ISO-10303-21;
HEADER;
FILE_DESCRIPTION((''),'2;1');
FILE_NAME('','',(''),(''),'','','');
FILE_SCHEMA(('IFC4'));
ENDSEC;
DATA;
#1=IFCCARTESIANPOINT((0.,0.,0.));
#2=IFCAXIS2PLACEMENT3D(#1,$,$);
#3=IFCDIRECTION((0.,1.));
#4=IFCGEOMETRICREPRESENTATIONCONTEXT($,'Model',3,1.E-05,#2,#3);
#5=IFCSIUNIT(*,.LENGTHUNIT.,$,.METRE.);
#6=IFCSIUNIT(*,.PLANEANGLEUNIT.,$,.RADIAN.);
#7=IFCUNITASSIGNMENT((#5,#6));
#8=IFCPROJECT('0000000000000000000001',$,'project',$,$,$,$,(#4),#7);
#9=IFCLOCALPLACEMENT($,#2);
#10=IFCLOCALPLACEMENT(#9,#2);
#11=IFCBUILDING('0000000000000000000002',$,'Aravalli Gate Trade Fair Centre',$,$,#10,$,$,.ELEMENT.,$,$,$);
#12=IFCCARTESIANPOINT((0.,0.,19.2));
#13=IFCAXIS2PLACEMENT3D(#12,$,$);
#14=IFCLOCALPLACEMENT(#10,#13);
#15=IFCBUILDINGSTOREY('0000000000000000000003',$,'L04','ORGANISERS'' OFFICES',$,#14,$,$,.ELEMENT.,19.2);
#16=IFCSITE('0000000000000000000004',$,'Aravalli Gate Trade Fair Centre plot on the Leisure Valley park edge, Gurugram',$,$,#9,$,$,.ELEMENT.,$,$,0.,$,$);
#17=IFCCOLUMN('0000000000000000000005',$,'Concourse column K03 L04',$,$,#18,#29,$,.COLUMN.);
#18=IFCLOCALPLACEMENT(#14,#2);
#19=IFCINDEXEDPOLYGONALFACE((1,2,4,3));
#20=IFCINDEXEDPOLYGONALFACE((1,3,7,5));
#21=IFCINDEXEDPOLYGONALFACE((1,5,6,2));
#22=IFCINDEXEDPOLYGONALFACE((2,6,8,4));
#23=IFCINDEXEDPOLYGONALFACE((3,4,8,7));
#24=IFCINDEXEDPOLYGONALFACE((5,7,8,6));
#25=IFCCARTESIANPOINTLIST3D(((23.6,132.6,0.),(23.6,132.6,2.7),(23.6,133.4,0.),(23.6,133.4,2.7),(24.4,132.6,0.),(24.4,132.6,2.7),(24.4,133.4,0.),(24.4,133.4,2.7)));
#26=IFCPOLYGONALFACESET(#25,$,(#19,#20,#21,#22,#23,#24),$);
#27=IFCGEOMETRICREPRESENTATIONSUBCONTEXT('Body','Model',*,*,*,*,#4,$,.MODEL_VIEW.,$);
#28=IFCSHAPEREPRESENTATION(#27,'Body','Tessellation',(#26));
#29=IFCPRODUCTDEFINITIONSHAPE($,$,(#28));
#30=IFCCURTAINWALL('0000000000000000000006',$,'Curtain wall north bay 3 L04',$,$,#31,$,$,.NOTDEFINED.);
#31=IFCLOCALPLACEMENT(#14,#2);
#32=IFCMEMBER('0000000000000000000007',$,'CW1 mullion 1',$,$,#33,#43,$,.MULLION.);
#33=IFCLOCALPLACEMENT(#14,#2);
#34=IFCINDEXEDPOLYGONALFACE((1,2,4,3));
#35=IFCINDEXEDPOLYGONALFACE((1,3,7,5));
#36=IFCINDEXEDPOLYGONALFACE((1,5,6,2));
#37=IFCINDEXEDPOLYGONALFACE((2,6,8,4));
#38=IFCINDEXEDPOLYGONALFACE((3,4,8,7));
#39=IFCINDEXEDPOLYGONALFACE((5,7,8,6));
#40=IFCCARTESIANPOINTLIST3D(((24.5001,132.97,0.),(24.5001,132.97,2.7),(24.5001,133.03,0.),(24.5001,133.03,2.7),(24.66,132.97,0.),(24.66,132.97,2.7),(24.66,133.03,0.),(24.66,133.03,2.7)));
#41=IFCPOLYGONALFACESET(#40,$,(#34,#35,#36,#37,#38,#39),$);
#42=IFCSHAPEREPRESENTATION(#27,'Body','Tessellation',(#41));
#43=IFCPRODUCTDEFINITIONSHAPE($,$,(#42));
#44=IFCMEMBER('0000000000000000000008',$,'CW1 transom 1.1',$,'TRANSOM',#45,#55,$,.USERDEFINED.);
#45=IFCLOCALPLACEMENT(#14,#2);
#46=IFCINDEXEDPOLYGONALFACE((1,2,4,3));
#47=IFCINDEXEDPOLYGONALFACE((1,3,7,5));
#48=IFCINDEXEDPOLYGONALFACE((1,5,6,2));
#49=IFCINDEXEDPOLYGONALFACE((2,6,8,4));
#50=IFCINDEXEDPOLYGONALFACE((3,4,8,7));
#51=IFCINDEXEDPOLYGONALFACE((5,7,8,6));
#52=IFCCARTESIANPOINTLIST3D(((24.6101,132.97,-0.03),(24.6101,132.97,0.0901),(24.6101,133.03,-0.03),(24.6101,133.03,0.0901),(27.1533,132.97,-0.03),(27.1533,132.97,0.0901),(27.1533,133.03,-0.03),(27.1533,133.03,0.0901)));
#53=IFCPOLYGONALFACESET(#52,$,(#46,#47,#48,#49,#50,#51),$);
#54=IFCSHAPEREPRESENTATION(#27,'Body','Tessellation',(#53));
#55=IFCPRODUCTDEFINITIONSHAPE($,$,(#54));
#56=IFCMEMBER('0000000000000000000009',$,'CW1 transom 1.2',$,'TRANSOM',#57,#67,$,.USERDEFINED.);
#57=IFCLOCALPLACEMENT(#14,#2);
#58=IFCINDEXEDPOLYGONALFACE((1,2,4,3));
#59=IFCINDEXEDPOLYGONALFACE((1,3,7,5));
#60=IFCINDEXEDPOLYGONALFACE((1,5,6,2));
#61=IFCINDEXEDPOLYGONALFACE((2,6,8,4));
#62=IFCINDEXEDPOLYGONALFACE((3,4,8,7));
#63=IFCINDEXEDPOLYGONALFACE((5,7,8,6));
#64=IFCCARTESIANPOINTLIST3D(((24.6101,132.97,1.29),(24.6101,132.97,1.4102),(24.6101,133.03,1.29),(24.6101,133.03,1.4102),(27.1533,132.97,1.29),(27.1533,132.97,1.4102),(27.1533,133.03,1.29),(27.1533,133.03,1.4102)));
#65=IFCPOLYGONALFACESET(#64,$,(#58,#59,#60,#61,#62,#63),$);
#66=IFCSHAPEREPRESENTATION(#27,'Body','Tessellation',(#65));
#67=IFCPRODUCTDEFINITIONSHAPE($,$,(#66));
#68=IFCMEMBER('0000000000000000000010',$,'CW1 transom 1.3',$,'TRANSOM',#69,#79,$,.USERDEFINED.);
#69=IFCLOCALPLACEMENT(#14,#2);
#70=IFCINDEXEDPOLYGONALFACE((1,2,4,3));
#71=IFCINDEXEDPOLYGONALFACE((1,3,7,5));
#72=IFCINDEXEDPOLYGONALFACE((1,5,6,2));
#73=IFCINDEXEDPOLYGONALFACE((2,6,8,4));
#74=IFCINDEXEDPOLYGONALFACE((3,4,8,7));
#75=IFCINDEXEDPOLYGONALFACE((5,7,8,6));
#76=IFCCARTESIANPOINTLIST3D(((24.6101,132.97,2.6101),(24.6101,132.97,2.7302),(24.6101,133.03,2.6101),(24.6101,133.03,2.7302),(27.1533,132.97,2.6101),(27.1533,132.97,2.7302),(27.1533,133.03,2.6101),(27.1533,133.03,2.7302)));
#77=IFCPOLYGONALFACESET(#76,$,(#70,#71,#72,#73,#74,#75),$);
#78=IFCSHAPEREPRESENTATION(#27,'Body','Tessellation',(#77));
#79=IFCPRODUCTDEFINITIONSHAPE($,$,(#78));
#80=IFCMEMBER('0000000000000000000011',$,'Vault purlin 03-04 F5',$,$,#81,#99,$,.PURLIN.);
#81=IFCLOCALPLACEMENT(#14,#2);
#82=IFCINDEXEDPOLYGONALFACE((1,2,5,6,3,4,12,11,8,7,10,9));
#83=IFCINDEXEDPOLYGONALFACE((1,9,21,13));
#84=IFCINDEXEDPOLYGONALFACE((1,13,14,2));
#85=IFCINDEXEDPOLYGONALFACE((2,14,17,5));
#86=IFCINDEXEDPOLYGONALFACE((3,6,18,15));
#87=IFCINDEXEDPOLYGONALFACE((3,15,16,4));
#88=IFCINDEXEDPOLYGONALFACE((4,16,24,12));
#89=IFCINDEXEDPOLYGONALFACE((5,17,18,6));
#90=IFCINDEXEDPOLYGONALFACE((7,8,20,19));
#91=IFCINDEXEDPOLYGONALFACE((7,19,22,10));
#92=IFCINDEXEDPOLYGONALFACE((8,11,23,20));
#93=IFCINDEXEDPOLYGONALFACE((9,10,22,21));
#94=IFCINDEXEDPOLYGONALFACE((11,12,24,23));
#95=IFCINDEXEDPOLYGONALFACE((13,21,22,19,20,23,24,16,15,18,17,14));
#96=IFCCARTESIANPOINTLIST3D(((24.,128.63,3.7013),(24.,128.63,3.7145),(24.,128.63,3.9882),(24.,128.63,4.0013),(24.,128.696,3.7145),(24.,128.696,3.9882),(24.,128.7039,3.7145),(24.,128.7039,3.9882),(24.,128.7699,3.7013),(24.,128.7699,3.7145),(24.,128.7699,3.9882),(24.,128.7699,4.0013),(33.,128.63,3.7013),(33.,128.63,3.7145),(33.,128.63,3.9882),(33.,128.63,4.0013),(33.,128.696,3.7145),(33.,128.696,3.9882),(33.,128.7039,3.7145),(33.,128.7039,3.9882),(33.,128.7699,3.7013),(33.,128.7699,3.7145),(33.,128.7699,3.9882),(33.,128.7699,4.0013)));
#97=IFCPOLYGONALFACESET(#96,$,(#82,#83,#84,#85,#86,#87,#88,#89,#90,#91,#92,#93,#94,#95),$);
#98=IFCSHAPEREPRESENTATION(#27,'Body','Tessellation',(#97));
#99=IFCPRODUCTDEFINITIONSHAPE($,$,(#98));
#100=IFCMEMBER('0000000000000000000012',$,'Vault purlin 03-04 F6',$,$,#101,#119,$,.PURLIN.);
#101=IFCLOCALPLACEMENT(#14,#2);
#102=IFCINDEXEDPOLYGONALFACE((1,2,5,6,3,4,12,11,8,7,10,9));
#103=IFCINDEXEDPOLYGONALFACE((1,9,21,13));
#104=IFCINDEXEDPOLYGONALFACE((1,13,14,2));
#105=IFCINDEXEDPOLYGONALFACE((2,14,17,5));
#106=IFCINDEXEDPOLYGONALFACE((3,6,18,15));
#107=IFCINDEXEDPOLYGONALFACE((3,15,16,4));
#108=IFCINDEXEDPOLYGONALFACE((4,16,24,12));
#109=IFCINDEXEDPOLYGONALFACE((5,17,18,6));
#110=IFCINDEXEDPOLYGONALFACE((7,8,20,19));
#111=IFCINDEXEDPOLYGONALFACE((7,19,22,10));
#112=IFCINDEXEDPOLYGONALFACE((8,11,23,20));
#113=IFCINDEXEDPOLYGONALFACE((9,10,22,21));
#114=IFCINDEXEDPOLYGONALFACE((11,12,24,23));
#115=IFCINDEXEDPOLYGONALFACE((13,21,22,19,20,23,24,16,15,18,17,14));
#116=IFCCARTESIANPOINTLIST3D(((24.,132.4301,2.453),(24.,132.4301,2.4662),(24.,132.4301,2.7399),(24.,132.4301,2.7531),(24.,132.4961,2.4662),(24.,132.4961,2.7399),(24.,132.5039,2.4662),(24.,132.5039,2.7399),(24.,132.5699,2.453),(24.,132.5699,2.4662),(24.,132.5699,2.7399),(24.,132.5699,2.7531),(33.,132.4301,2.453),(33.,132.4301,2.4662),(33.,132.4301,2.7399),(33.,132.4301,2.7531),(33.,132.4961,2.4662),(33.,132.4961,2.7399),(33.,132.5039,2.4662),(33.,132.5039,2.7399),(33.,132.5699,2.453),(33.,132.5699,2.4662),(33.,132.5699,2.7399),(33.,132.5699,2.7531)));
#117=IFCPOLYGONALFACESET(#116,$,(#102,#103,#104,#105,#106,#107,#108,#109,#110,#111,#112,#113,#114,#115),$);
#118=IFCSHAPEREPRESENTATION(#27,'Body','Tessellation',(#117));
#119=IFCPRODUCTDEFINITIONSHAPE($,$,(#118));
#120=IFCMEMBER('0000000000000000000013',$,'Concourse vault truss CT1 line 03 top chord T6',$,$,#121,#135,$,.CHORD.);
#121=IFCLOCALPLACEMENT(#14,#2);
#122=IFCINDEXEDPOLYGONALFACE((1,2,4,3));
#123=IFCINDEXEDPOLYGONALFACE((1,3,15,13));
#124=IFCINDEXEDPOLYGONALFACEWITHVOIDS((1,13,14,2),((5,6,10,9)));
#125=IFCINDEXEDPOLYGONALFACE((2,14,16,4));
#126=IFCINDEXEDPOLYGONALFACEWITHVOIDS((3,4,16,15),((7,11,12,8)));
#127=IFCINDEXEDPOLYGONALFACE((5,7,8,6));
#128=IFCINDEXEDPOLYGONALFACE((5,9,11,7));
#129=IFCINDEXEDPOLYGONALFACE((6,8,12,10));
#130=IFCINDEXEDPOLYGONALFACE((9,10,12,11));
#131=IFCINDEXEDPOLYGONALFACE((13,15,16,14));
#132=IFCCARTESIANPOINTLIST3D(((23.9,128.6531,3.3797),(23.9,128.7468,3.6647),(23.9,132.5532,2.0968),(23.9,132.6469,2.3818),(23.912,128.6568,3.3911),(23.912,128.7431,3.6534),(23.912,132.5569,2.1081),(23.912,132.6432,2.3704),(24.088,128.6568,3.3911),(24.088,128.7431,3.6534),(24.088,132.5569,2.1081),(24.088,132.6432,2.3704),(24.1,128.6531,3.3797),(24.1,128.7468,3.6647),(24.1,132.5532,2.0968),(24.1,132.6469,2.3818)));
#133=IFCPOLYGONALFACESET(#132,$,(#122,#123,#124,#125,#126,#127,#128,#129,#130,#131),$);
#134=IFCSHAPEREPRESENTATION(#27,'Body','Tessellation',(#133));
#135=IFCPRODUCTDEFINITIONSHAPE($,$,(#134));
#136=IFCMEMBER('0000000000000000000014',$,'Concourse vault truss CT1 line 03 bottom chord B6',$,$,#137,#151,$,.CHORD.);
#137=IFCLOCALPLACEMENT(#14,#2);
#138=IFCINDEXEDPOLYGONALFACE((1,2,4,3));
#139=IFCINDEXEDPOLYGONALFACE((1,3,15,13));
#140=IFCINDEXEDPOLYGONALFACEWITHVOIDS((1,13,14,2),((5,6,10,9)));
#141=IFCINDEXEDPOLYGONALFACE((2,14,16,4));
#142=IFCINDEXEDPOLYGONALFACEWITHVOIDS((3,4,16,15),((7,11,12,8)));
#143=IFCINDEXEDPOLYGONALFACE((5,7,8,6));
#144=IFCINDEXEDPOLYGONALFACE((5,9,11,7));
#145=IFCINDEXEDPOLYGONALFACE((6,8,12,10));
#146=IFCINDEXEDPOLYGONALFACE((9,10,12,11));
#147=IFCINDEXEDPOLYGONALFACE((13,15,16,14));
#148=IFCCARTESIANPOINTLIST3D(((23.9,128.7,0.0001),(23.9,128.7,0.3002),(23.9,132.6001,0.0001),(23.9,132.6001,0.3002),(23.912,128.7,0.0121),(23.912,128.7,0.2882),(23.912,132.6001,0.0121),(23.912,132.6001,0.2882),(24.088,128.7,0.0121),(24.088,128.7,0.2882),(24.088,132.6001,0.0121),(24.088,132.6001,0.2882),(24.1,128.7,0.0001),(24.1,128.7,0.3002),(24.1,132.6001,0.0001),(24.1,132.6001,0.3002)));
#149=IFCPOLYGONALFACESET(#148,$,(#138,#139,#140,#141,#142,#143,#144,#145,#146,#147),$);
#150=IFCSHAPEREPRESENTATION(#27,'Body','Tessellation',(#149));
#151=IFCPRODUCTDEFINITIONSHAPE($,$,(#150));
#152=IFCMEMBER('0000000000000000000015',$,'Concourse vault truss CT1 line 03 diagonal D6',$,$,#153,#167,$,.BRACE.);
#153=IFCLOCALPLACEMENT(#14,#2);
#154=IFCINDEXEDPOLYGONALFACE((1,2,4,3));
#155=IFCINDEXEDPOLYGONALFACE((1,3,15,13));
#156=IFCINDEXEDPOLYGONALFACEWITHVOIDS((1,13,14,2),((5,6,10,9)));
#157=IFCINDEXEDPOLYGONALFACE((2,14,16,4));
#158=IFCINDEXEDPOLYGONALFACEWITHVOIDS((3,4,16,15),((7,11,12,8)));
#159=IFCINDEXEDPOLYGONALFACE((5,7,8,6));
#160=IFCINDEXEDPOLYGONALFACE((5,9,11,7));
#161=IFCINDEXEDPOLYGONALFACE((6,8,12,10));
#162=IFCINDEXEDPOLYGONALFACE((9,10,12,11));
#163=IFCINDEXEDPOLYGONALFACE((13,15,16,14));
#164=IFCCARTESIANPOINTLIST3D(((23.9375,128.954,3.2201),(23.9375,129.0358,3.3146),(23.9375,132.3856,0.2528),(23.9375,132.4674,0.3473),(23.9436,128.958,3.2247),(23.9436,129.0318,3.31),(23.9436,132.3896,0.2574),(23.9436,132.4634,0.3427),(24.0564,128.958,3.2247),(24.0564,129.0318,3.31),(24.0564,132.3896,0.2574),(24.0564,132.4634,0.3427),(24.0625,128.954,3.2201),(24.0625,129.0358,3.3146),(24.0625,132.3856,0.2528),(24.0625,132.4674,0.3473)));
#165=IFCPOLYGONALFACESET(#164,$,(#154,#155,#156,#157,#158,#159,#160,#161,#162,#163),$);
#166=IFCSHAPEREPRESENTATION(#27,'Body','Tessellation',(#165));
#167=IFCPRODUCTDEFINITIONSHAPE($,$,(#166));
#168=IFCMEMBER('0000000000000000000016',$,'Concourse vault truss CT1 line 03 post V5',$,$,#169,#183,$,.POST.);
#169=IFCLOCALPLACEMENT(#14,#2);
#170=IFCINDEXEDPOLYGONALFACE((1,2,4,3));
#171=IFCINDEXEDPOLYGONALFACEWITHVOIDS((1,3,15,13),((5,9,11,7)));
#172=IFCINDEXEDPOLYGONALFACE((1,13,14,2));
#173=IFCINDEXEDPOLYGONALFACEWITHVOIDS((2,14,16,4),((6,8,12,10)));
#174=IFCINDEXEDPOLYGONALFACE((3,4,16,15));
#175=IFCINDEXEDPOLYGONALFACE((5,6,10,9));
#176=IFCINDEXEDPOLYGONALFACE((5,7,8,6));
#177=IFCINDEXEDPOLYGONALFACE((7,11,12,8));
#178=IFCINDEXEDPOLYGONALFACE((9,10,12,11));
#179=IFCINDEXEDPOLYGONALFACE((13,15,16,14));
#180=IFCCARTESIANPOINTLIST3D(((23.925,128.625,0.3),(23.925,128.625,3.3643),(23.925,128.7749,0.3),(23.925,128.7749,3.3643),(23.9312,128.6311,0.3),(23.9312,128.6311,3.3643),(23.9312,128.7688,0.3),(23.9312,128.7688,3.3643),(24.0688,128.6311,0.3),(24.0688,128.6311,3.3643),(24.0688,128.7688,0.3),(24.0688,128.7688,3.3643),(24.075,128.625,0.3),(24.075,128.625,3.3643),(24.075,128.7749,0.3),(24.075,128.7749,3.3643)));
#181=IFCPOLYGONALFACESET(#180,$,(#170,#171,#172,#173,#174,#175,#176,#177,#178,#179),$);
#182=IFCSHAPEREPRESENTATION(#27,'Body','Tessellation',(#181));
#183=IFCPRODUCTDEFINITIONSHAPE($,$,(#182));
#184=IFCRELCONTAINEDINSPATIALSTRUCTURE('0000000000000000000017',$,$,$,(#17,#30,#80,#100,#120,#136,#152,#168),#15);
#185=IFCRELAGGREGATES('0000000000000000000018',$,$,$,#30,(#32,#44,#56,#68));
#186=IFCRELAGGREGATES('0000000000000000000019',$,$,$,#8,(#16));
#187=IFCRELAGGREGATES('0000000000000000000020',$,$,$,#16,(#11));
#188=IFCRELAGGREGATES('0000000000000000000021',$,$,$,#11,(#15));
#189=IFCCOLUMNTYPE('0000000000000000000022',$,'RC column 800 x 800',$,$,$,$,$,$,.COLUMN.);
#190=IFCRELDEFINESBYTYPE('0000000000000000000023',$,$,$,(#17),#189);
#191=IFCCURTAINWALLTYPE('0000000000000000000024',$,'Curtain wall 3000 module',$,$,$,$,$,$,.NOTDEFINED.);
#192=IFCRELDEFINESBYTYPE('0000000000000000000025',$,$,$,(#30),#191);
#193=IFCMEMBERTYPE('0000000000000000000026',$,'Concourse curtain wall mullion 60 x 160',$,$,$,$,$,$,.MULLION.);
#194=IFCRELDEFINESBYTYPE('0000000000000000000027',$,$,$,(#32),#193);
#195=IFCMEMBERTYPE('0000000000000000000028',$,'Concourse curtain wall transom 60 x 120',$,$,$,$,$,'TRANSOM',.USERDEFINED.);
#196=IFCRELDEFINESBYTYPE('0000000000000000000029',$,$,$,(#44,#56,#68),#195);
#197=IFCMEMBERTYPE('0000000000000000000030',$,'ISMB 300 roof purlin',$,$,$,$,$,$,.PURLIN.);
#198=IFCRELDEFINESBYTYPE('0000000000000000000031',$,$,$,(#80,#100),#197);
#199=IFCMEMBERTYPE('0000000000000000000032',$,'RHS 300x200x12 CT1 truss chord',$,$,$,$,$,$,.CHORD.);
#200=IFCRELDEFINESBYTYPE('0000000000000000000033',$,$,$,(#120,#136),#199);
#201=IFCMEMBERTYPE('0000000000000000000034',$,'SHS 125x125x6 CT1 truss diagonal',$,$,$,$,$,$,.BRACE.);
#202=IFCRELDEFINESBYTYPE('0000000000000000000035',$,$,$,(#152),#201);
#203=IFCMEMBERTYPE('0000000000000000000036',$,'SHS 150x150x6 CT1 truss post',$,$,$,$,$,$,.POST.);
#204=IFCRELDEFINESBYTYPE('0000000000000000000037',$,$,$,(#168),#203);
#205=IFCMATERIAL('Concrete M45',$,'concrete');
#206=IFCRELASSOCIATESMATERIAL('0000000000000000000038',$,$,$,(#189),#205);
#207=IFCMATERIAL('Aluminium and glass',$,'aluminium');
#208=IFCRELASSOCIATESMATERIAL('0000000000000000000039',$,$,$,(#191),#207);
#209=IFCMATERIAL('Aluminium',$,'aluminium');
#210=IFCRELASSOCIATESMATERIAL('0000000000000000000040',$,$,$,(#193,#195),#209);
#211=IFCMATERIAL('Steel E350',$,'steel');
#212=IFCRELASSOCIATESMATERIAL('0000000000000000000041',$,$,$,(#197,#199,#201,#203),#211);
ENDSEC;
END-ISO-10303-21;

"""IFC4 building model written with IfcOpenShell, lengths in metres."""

from ifc_helpers import new_model, si_unit, direction, frame, origin, origin_2d, place, context, subcontext, project, spatial, rectangle, hollow_rectangle, i_section, extrude, material, material_profile, profile_set, type_object, element, aggregate, save


model = new_model("IFC4")

# Units and contexts
model_context = context("Model", 3, precision=1e-05, world=origin(), true_north=direction((0.0, 1.0)))
body_context = subcontext(model_context, "Body", "Model", "MODEL_VIEW")
ifc_project = project(units=[si_unit("LENGTHUNIT", "METRE"), si_unit("PLANEANGLEUNIT", "RADIAN")], contexts=[model_context])

# Site, building, storey
site_placement = place(None, origin())
site = spatial("IfcSite", under=ifc_project, at=site_placement, Name="Aravalli Gate Trade Fair Centre plot on the Leisure Valley park edge, Gurugram", CompositionType="ELEMENT", RefElevation=0.0)
building_placement = place(site_placement, origin())
building = spatial("IfcBuilding", under=site, at=building_placement, Name="Aravalli Gate Trade Fair Centre", CompositionType="ELEMENT")
storey_placement = place(building_placement, frame((0.0, 0.0, 19.2)))
storey = spatial("IfcBuildingStorey", under=building, at=storey_placement, Name="L04", Description="ORGANISERS' OFFICES", CompositionType="ELEMENT", Elevation=19.2)

# Column
ifc_material_1 = material(Name="Concrete M45", Category="concrete")
ifc_material_profile_1 = material_profile(ifc_material_1, rectangle(XDim=0.8, YDim=0.8, at=origin_2d()), Name="RC column 800 x 800")
ifc_profile_set_1 = profile_set([ifc_material_profile_1], Name="Concrete M45")
column_type = type_object("IfcColumnType", Name="RC column 800 x 800", PredefinedType="COLUMN", material=ifc_profile_set_1)
column_placement = place(storey_placement, frame((24.0, 133.0, 0.0), z_axis=(0.0, 0.0, 1.0), x_axis=(1.0, 0.0, 0.0)))
element("IfcColumn", 1, at=column_placement, inside=storey, type_object=column_type, Name="Concourse column K03 L04", PredefinedType="COLUMN", context=body_context, shape_type="SweptSolid", body=[
    extrude(rectangle(XDim=0.8, YDim=0.8, at=origin_2d()), origin(), (0.0, 0.0, 1.0), 2.7),
])

# Curtain wall, members
ifc_material_2 = material(Name="Aluminium and glass", Category="aluminium")
curtain_wall_type_1 = type_object("IfcCurtainWallType", Name="Curtain wall 3000 module", PredefinedType="NOTDEFINED", material=ifc_material_2)
curtain_wall_1_placement = place(storey_placement, origin())
curtain_wall_1 = element("IfcCurtainWall", 2, at=curtain_wall_1_placement, inside=storey, type_object=curtain_wall_type_1, Name="Curtain wall north bay 3 L04", PredefinedType="NOTDEFINED")
ifc_material_3 = material(Name="Aluminium", Category="aluminium")
ifc_material_profile_2 = material_profile(ifc_material_3, rectangle(XDim=0.0601, YDim=0.1599, at=origin_2d()), Name="Concourse curtain wall mullion 60 x 160")
ifc_profile_set_2 = profile_set([ifc_material_profile_2], Name="Aluminium")
member_type_1 = type_object("IfcMemberType", Name="Concourse curtain wall mullion 60 x 160", PredefinedType="MULLION", material=ifc_profile_set_2)
member_1_placement = place(storey_placement, frame((24.5801, 133.0, 0.0), z_axis=(0.0, 0.0, 1.0), x_axis=(0.0, 1.0, 0.0)))
member_1 = element("IfcMember", 3, at=member_1_placement, type_object=member_type_1, Name="CW1 mullion 1", PredefinedType="MULLION", context=body_context, shape_type="SweptSolid", body=[
    extrude(rectangle(XDim=0.0601, YDim=0.1599, at=origin_2d()), origin(), (0.0, 0.0, 1.0), 2.7),
])
ifc_material_profile_3 = material_profile(ifc_material_3, rectangle(XDim=0.0601, YDim=0.1201, at=origin_2d()), Name="Concourse curtain wall transom 60 x 120")
ifc_profile_set_3 = profile_set([ifc_material_profile_3], Name="Aluminium")
member_type_2 = type_object("IfcMemberType", Name="Concourse curtain wall transom 60 x 120", ElementType="TRANSOM", PredefinedType="USERDEFINED", material=ifc_profile_set_3)
member_2_placement = place(storey_placement, frame((24.6101, 133.0, 0.03), z_axis=(1.0, 0.0, 0.0), x_axis=(0.0, 1.0, 0.0)))
member_2 = element("IfcMember", 4, at=member_2_placement, type_object=member_type_2, Name="CW1 transom 1.1", ObjectType="TRANSOM", PredefinedType="USERDEFINED", context=body_context, shape_type="SweptSolid", body=[
    extrude(rectangle(XDim=0.0601, YDim=0.1201, at=origin_2d()), origin(), (0.0, 0.0, 1.0), 2.5432),
])
member_3_placement = place(storey_placement, frame((24.6101, 133.0, 1.3501), z_axis=(1.0, 0.0, 0.0), x_axis=(0.0, 1.0, 0.0)))
member_3 = element("IfcMember", 5, at=member_3_placement, type_object=member_type_2, Name="CW1 transom 1.2", ObjectType="TRANSOM", PredefinedType="USERDEFINED", context=body_context, shape_type="SweptSolid", body=[
    extrude(rectangle(XDim=0.0601, YDim=0.1201, at=origin_2d()), origin(), (0.0, 0.0, 1.0), 2.5432),
])
member_4_placement = place(storey_placement, frame((24.6101, 133.0, 2.6702), z_axis=(1.0, 0.0, 0.0), x_axis=(0.0, 1.0, 0.0)))
member_4 = element("IfcMember", 6, at=member_4_placement, type_object=member_type_2, Name="CW1 transom 1.3", ObjectType="TRANSOM", PredefinedType="USERDEFINED", context=body_context, shape_type="SweptSolid", body=[
    extrude(rectangle(XDim=0.0601, YDim=0.1201, at=origin_2d()), origin(), (0.0, 0.0, 1.0), 2.5432),
])

# Members
ifc_material_4 = material(Name="Steel E350", Category="steel")
ifc_material_profile_4 = material_profile(ifc_material_4, i_section(OverallWidth=0.1399, OverallDepth=0.3, WebThickness=0.0078, FlangeThickness=0.0132, at=origin_2d()), Name="ISMB 300")
ifc_profile_set_4 = profile_set([ifc_material_profile_4], Name="Steel E350")
member_type_3 = type_object("IfcMemberType", Name="ISMB 300 roof purlin", PredefinedType="PURLIN", material=ifc_profile_set_4)
for number, where, z_axis, x_axis, name in (
    (7, (24.0, 128.7, 3.8513), (1.0, 0.0, 0.0), (0.0, 1.0, 0.0), "Vault purlin 03-04 F5"),
    (8, (24.0, 132.5, 2.603), (1.0, 0.0, 0.0), (0.0, 1.0, 0.0), "Vault purlin 03-04 F6"),
):
    element("IfcMember", number, at=place(storey_placement, frame(where, z_axis=z_axis, x_axis=x_axis)), inside=storey, type_object=member_type_3, Name=name, PredefinedType="PURLIN", context=body_context, shape_type="SweptSolid", body=[
        extrude(i_section(OverallWidth=0.1399, OverallDepth=0.3, WebThickness=0.0078, FlangeThickness=0.0132, at=origin_2d()), origin(), (0.0, 0.0, 1.0), 9.0),
    ])
ifc_material_profile_5 = material_profile(ifc_material_4, hollow_rectangle(XDim=0.2, YDim=0.3, WallThickness=0.012, at=origin_2d()), Name="RHS 300x200x12")
ifc_profile_set_5 = profile_set([ifc_material_profile_5], Name="Steel E350")
member_type_4 = type_object("IfcMemberType", Name="RHS 300x200x12 CT1 truss chord", PredefinedType="CHORD", material=ifc_profile_set_5)
member_5_placement = place(storey_placement, frame((24.0, 128.7, 3.5222), z_axis=(0.0, 0.949925, -0.312479), x_axis=(-1.0, 0.0, 0.0)))
element("IfcMember", 9, at=member_5_placement, inside=storey, type_object=member_type_4, Name="Concourse vault truss CT1 line 03 top chord T6", PredefinedType="CHORD", context=body_context, shape_type="SweptSolid", body=[
    extrude(hollow_rectangle(XDim=0.2, YDim=0.3, WallThickness=0.012, at=origin_2d()), origin(), (0.0, 0.0, 1.0), 4.1057),
])
member_6_placement = place(storey_placement, frame((24.0, 128.7, 0.1501), z_axis=(0.0, 1.0, 0.0), x_axis=(-1.0, 0.0, 0.0)))
element("IfcMember", 10, at=member_6_placement, inside=storey, type_object=member_type_4, Name="Concourse vault truss CT1 line 03 bottom chord B6", PredefinedType="CHORD", context=body_context, shape_type="SweptSolid", body=[
    extrude(hollow_rectangle(XDim=0.2, YDim=0.3, WallThickness=0.012, at=origin_2d()), origin(), (0.0, 0.0, 1.0), 3.9001),
])
ifc_material_profile_6 = material_profile(ifc_material_4, hollow_rectangle(XDim=0.125, YDim=0.125, WallThickness=0.0061, at=origin_2d()), Name="SHS 125x125x6")
ifc_profile_set_6 = profile_set([ifc_material_profile_6], Name="Steel E350")
member_type_5 = type_object("IfcMemberType", Name="SHS 125x125x6 CT1 truss diagonal", PredefinedType="BRACE", material=ifc_profile_set_6)
member_7_placement = place(storey_placement, frame((24.0, 128.9949, 3.2673), z_axis=(0.0, 0.756431, -0.654074), x_axis=(-1.0, 0.0, 0.0)))
element("IfcMember", 11, at=member_7_placement, inside=storey, type_object=member_type_5, Name="Concourse vault truss CT1 line 03 diagonal D6", PredefinedType="BRACE", context=body_context, shape_type="SweptSolid", body=[
    extrude(hollow_rectangle(XDim=0.125, YDim=0.125, WallThickness=0.0061, at=origin_2d()), origin(), (0.0, 0.0, 1.0), 4.5366),
])
ifc_material_profile_7 = material_profile(ifc_material_4, hollow_rectangle(XDim=0.1499, YDim=0.1499, WallThickness=0.0061, at=origin_2d()), Name="SHS 150x150x6")
ifc_profile_set_7 = profile_set([ifc_material_profile_7], Name="Steel E350")
member_type_6 = type_object("IfcMemberType", Name="SHS 150x150x6 CT1 truss post", PredefinedType="POST", material=ifc_profile_set_7)
member_8_placement = place(storey_placement, frame((24.0, 128.7, 0.3), z_axis=(0.0, 0.0, 1.0), x_axis=(1.0, 0.0, 0.0)))
element("IfcMember", 12, at=member_8_placement, inside=storey, type_object=member_type_6, Name="Concourse vault truss CT1 line 03 post V5", PredefinedType="POST", context=body_context, shape_type="SweptSolid", body=[
    extrude(hollow_rectangle(XDim=0.1499, YDim=0.1499, WallThickness=0.0061, at=origin_2d()), origin(), (0.0, 0.0, 1.0), 3.0642),
])

aggregate(curtain_wall_1, [member_1, member_2, member_3, member_4])

save(model, "model.ifc")
